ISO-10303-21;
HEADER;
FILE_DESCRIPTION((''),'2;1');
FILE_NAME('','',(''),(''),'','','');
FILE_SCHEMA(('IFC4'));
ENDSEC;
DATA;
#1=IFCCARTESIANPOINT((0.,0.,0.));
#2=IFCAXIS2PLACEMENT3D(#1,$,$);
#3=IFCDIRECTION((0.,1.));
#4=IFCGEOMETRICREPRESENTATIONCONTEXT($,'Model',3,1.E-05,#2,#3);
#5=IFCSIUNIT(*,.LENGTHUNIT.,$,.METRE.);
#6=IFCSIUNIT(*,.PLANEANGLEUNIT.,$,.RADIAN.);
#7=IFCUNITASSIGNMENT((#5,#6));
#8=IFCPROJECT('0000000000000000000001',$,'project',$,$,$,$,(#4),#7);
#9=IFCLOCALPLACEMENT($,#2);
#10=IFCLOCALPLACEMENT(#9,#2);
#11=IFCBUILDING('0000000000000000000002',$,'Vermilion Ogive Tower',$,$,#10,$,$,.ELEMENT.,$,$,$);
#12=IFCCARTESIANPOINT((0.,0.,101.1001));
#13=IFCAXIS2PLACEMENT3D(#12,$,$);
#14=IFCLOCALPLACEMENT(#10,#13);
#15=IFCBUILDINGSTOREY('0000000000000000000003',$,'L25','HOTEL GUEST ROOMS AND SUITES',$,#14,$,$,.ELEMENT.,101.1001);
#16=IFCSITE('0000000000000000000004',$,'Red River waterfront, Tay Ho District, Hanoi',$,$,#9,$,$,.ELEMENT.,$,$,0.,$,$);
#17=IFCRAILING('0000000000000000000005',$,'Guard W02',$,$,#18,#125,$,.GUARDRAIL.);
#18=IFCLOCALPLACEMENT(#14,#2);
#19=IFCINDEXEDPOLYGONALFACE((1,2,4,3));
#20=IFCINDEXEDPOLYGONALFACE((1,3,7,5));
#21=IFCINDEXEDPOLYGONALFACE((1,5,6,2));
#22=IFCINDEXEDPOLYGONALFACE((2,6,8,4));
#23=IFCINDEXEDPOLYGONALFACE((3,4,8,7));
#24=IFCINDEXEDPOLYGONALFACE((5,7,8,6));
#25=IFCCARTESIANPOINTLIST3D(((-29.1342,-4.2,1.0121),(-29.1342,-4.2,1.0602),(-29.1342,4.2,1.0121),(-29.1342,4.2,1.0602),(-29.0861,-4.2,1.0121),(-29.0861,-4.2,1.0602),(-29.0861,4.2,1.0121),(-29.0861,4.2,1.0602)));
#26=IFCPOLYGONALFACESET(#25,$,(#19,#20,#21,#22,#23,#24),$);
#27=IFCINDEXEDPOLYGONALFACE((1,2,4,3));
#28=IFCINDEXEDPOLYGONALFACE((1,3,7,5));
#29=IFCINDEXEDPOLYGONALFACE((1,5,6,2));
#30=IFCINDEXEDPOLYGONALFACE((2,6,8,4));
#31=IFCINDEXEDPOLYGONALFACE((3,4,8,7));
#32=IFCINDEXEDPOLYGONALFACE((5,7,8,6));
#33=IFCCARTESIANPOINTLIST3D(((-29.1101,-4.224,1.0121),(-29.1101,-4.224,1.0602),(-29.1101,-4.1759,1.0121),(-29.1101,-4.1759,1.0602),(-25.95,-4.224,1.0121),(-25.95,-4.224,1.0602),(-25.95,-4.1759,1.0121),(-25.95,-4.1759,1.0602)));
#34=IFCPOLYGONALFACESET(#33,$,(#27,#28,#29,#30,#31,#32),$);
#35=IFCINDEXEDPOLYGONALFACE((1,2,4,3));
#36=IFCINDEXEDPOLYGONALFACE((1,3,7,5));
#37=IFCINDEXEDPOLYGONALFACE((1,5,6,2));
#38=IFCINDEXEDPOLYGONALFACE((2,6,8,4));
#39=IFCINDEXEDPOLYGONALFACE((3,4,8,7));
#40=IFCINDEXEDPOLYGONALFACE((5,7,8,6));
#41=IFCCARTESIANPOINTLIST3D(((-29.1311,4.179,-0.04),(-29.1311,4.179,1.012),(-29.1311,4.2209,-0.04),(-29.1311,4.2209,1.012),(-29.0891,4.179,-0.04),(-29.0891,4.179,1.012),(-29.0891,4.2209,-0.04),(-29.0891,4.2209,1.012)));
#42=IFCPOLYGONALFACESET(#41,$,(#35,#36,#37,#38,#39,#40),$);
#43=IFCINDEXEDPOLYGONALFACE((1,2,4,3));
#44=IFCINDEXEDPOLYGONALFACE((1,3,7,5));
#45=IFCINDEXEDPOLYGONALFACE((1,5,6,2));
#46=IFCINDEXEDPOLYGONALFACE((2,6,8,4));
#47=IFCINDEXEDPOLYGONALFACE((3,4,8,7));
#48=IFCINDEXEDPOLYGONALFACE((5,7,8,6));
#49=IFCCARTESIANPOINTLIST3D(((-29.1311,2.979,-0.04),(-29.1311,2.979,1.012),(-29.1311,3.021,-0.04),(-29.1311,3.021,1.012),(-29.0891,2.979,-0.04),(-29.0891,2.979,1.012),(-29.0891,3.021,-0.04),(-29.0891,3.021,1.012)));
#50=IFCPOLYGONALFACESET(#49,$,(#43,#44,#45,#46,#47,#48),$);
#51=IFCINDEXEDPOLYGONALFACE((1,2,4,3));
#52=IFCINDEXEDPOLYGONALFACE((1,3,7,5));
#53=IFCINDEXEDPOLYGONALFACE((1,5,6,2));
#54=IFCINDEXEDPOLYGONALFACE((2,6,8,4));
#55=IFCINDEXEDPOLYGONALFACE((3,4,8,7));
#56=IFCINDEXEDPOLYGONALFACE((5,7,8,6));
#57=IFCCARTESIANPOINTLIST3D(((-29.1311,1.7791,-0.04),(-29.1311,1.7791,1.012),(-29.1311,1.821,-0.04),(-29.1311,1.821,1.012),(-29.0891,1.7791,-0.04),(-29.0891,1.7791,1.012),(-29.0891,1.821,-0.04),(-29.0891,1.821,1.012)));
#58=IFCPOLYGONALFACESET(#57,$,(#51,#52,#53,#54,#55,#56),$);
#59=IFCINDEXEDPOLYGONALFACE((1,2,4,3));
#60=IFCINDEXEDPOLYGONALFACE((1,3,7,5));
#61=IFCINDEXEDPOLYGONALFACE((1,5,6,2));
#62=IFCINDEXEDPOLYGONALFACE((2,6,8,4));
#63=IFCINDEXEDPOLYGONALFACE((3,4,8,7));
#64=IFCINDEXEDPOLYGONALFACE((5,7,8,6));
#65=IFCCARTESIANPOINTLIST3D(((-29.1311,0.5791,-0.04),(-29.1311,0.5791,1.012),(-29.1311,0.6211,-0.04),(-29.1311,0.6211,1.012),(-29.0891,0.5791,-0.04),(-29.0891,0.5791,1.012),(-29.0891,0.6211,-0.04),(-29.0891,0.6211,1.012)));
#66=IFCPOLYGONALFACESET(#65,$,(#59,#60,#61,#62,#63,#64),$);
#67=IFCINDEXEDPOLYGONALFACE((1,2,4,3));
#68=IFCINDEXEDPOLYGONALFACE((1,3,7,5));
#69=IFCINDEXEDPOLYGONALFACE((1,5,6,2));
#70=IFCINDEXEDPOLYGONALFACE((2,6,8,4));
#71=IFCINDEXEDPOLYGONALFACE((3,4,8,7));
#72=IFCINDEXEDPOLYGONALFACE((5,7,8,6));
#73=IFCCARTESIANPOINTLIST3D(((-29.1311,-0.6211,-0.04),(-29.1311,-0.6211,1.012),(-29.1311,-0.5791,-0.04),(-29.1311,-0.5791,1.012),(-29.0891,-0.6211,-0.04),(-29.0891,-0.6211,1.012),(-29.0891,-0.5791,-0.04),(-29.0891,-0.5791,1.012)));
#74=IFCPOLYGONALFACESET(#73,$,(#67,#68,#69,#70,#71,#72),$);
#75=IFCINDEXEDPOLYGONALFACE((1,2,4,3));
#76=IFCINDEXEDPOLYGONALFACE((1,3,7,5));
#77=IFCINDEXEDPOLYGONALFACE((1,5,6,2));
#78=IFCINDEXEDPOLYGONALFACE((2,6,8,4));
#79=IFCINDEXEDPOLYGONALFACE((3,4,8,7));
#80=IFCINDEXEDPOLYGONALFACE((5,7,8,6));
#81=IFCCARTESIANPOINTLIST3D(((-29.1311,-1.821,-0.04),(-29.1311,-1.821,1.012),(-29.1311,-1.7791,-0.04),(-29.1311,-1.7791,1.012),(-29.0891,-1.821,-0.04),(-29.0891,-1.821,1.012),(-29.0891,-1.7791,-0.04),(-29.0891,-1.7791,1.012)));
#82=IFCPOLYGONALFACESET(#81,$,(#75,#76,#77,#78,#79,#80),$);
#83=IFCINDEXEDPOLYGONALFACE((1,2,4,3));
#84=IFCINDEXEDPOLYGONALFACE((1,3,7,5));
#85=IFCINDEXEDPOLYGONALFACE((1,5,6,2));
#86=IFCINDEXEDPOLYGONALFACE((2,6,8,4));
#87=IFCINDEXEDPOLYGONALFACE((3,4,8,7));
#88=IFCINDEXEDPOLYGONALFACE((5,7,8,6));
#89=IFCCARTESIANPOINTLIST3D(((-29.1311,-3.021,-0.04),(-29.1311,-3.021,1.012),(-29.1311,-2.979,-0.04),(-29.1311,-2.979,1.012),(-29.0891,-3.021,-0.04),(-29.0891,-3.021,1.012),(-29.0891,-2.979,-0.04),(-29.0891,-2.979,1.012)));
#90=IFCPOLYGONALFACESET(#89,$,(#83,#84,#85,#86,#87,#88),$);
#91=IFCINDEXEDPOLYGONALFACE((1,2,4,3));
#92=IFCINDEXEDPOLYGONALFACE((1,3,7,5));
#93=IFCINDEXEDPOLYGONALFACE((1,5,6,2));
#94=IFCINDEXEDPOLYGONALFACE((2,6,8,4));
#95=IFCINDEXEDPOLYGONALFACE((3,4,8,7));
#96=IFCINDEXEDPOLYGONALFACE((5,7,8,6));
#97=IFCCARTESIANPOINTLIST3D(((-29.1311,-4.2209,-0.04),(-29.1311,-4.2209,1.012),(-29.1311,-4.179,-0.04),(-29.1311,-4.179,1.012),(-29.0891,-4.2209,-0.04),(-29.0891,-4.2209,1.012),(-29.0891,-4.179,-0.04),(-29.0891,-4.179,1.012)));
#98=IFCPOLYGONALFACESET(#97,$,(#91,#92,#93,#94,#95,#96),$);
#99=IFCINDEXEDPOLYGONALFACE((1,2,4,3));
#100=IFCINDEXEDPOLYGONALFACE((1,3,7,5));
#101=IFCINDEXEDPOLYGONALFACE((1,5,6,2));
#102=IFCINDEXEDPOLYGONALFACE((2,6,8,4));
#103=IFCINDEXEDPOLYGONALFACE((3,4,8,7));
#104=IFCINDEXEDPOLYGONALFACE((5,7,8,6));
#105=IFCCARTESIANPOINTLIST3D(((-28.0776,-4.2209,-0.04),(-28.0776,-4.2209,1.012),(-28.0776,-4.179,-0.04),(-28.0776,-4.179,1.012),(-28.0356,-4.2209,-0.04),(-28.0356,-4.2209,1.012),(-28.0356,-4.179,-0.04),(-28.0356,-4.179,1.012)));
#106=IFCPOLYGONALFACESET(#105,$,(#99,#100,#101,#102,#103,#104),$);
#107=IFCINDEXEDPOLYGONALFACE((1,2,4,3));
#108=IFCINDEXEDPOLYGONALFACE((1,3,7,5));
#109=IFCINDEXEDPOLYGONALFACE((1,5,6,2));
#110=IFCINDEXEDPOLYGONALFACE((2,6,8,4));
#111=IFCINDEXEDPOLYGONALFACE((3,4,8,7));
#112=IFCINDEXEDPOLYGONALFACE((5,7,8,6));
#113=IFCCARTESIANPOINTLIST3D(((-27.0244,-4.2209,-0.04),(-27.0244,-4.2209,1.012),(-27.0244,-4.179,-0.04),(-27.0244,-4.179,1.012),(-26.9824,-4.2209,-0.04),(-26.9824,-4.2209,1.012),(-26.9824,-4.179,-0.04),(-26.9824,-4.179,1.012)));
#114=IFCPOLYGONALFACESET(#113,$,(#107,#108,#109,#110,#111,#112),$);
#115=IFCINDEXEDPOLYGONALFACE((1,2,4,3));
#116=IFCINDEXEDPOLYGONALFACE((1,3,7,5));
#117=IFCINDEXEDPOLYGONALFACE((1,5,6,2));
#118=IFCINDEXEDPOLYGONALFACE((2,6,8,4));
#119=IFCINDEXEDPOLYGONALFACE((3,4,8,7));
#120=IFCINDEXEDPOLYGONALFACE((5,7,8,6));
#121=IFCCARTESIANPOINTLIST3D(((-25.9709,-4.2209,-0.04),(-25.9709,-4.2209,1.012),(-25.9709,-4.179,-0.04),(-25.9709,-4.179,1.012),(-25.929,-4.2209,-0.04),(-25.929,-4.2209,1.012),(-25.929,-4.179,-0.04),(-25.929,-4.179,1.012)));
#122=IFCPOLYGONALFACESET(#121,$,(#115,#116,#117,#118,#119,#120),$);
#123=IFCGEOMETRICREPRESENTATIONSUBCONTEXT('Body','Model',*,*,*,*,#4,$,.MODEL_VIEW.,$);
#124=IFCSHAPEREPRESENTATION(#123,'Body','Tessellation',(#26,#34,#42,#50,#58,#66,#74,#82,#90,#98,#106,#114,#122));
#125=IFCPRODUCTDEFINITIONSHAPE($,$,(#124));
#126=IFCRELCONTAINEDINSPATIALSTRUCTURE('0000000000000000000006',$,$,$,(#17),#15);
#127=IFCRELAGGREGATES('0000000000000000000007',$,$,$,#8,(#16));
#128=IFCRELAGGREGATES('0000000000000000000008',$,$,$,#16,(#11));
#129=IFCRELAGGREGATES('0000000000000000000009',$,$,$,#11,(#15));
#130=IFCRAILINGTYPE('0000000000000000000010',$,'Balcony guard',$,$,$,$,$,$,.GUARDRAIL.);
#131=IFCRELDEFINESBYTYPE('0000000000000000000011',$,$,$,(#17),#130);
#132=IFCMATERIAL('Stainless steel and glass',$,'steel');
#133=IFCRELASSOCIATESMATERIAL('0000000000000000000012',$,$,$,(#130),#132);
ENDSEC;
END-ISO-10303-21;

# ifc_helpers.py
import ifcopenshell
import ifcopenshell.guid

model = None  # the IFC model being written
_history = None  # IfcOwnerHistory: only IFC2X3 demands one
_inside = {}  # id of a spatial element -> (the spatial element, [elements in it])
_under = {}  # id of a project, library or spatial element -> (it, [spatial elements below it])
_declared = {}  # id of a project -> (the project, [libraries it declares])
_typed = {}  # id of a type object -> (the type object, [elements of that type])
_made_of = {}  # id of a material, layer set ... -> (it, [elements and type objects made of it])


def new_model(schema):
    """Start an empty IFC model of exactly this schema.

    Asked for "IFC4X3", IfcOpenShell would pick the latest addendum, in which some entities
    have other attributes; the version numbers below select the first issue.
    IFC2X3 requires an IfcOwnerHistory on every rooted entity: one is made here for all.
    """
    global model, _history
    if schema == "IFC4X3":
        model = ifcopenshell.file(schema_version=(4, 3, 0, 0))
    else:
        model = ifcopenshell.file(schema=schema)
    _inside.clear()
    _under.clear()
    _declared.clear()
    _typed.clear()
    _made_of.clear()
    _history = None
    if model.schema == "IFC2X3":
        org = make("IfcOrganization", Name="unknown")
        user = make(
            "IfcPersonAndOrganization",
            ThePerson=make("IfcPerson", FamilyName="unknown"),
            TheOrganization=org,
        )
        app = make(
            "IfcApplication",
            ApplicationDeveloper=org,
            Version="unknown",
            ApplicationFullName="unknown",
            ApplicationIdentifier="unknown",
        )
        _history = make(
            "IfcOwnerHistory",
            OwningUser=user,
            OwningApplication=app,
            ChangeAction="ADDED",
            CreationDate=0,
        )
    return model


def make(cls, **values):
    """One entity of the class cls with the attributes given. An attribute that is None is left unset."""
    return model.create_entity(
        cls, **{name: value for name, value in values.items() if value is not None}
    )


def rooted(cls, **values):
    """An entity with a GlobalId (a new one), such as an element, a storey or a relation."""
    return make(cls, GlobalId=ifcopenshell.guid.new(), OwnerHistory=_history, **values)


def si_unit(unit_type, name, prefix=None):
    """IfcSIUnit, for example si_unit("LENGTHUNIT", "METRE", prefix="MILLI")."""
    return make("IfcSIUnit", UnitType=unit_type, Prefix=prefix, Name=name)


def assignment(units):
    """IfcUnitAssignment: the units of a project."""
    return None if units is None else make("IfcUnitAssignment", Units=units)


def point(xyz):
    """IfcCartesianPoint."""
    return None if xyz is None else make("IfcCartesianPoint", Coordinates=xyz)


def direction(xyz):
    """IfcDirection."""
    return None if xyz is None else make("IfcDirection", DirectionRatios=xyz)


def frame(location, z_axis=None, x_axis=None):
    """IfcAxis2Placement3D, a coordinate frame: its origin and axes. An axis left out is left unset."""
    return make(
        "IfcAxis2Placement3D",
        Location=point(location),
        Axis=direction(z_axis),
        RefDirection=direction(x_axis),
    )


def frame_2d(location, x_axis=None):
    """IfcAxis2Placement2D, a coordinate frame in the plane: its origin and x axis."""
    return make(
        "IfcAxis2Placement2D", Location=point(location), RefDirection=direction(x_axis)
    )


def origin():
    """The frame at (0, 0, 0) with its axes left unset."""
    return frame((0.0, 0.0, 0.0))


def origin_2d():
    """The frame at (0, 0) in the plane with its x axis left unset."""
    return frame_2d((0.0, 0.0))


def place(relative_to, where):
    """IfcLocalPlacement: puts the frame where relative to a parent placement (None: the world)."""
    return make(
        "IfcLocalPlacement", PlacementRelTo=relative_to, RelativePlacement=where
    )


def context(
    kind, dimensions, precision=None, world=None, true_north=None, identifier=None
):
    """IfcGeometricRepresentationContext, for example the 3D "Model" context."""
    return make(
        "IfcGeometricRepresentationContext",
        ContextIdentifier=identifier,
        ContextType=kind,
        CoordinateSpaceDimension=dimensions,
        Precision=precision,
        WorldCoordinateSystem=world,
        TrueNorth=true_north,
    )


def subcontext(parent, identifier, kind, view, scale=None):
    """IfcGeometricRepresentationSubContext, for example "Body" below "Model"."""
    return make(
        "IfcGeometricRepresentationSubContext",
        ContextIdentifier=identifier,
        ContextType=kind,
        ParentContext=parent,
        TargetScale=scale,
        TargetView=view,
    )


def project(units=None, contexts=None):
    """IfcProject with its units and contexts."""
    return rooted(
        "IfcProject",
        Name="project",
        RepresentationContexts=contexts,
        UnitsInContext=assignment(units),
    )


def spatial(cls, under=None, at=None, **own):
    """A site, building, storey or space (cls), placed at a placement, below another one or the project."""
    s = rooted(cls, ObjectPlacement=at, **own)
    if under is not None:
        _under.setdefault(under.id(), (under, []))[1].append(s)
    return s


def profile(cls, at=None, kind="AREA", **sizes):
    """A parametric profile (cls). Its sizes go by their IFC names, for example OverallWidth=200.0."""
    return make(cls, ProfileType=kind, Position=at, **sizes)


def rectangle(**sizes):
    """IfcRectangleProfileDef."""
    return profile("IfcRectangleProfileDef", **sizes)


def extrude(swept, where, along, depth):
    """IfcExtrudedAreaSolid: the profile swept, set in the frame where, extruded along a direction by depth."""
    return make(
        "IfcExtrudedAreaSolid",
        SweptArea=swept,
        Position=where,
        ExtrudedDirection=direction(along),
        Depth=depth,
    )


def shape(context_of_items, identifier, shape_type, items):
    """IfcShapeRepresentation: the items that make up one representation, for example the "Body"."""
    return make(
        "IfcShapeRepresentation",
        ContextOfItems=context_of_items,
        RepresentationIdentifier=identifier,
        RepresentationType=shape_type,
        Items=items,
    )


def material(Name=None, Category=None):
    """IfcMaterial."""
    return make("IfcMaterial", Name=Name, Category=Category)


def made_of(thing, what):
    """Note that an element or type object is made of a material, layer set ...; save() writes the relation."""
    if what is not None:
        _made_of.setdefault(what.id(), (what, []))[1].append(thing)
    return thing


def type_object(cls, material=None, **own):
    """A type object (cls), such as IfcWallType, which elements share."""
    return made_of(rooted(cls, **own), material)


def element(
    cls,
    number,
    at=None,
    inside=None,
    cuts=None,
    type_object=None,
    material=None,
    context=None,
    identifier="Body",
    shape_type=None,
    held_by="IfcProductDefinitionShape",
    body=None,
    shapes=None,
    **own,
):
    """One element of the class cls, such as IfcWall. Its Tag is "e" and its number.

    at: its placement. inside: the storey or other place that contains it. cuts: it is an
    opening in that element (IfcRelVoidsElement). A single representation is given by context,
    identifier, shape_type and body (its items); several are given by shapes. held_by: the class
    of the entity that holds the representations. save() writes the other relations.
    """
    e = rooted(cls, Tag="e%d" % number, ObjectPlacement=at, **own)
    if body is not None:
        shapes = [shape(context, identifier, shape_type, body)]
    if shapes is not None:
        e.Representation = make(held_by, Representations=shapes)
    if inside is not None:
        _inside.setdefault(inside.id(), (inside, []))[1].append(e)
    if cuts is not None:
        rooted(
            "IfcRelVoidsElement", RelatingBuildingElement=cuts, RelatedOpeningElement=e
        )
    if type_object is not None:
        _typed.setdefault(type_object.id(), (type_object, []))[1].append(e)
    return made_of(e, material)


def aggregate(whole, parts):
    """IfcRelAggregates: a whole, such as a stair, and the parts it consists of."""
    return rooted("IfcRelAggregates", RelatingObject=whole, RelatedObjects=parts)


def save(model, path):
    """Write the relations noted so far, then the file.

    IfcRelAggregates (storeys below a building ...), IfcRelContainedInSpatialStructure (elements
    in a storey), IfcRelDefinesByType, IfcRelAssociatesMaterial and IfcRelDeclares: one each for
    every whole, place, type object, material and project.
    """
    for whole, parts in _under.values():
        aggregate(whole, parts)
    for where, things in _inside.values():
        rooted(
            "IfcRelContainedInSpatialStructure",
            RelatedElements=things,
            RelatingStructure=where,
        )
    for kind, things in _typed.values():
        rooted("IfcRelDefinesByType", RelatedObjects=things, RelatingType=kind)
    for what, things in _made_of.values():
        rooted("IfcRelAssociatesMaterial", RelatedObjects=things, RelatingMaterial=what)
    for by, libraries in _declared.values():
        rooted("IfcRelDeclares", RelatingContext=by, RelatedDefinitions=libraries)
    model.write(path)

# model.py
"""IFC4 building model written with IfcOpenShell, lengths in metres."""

from ifc_helpers import new_model, si_unit, direction, frame, origin, origin_2d, place, context, subcontext, project, spatial, rectangle, extrude, material, type_object, element, save


model = new_model("IFC4")

# Units and contexts
model_context = context("Model", 3, precision=1e-05, world=origin(), true_north=direction((0.0, 1.0)))
body_context = subcontext(model_context, "Body", "Model", "MODEL_VIEW")
ifc_project = project(units=[si_unit("LENGTHUNIT", "METRE"), si_unit("PLANEANGLEUNIT", "RADIAN")], contexts=[model_context])

# Site, building, storey
site_placement = place(None, origin())
site = spatial("IfcSite", under=ifc_project, at=site_placement, Name="Red River waterfront, Tay Ho District, Hanoi", CompositionType="ELEMENT", RefElevation=0.0)
building_placement = place(site_placement, origin())
building = spatial("IfcBuilding", under=site, at=building_placement, Name="Vermilion Ogive Tower", CompositionType="ELEMENT")
storey_placement = place(building_placement, frame((0.0, 0.0, 101.1001)))
storey = spatial("IfcBuildingStorey", under=building, at=storey_placement, Name="L25", Description="HOTEL GUEST ROOMS AND SUITES", CompositionType="ELEMENT", Elevation=101.1001)

# Railing
ifc_material_1 = material(Name="Stainless steel and glass", Category="steel")
railing_type_1 = type_object("IfcRailingType", Name="Balcony guard", PredefinedType="GUARDRAIL", material=ifc_material_1)
railing_1_placement = place(storey_placement, frame((-29.1101, 4.2, -0.04)))
element("IfcRailing", 1, at=railing_1_placement, inside=storey, type_object=railing_type_1, Name="Guard W02", PredefinedType="GUARDRAIL", context=body_context, shape_type="SweptSolid", body=[
    extrude(rectangle(XDim=0.0481, YDim=0.0481, at=origin_2d()), frame((0.0, 0.0, 1.0762), z_axis=(0.0, -1.0, 0.0), x_axis=(1.0, 0.0, 0.0)), (0.0, 0.0, 1.0), 8.3999),
    extrude(rectangle(XDim=0.0481, YDim=0.0481, at=origin_2d()), frame((0.0, -8.3999, 1.0762), z_axis=(1.0, 0.0, 0.0), x_axis=(0.0, 1.0, 0.0)), (0.0, 0.0, 1.0), 3.1602),
    extrude(rectangle(XDim=0.042, YDim=0.042, at=origin_2d()), origin(), (0.0, 0.0, 1.0), 1.052),
    extrude(rectangle(XDim=0.042, YDim=0.042, at=origin_2d()), frame((0.0, -1.2, 0.0)), (0.0, 0.0, 1.0), 1.052),
    extrude(rectangle(XDim=0.042, YDim=0.042, at=origin_2d()), frame((0.0, -2.3999, 0.0)), (0.0, 0.0, 1.0), 1.052),
    extrude(rectangle(XDim=0.042, YDim=0.042, at=origin_2d()), frame((0.0, -3.5999, 0.0)), (0.0, 0.0, 1.0), 1.052),
    extrude(rectangle(XDim=0.042, YDim=0.042, at=origin_2d()), frame((0.0, -4.8, 0.0)), (0.0, 0.0, 1.0), 1.052),
    extrude(rectangle(XDim=0.042, YDim=0.042, at=origin_2d()), frame((0.0, -6.0, 0.0)), (0.0, 0.0, 1.0), 1.052),
    extrude(rectangle(XDim=0.042, YDim=0.042, at=origin_2d()), frame((0.0, -7.2, 0.0)), (0.0, 0.0, 1.0), 1.052),
    extrude(rectangle(XDim=0.042, YDim=0.042, at=origin_2d()), frame((0.0, -8.3999, 0.0)), (0.0, 0.0, 1.0), 1.052),
    extrude(rectangle(XDim=0.042, YDim=0.042, at=origin_2d()), frame((1.0535, -8.3999, 0.0)), (0.0, 0.0, 1.0), 1.052),
    extrude(rectangle(XDim=0.042, YDim=0.042, at=origin_2d()), frame((2.1067, -8.3999, 0.0)), (0.0, 0.0, 1.0), 1.052),
    extrude(rectangle(XDim=0.042, YDim=0.042, at=origin_2d()), frame((3.1602, -8.3999, 0.0)), (0.0, 0.0, 1.0), 1.052),
])

save(model, "model.ifc")
